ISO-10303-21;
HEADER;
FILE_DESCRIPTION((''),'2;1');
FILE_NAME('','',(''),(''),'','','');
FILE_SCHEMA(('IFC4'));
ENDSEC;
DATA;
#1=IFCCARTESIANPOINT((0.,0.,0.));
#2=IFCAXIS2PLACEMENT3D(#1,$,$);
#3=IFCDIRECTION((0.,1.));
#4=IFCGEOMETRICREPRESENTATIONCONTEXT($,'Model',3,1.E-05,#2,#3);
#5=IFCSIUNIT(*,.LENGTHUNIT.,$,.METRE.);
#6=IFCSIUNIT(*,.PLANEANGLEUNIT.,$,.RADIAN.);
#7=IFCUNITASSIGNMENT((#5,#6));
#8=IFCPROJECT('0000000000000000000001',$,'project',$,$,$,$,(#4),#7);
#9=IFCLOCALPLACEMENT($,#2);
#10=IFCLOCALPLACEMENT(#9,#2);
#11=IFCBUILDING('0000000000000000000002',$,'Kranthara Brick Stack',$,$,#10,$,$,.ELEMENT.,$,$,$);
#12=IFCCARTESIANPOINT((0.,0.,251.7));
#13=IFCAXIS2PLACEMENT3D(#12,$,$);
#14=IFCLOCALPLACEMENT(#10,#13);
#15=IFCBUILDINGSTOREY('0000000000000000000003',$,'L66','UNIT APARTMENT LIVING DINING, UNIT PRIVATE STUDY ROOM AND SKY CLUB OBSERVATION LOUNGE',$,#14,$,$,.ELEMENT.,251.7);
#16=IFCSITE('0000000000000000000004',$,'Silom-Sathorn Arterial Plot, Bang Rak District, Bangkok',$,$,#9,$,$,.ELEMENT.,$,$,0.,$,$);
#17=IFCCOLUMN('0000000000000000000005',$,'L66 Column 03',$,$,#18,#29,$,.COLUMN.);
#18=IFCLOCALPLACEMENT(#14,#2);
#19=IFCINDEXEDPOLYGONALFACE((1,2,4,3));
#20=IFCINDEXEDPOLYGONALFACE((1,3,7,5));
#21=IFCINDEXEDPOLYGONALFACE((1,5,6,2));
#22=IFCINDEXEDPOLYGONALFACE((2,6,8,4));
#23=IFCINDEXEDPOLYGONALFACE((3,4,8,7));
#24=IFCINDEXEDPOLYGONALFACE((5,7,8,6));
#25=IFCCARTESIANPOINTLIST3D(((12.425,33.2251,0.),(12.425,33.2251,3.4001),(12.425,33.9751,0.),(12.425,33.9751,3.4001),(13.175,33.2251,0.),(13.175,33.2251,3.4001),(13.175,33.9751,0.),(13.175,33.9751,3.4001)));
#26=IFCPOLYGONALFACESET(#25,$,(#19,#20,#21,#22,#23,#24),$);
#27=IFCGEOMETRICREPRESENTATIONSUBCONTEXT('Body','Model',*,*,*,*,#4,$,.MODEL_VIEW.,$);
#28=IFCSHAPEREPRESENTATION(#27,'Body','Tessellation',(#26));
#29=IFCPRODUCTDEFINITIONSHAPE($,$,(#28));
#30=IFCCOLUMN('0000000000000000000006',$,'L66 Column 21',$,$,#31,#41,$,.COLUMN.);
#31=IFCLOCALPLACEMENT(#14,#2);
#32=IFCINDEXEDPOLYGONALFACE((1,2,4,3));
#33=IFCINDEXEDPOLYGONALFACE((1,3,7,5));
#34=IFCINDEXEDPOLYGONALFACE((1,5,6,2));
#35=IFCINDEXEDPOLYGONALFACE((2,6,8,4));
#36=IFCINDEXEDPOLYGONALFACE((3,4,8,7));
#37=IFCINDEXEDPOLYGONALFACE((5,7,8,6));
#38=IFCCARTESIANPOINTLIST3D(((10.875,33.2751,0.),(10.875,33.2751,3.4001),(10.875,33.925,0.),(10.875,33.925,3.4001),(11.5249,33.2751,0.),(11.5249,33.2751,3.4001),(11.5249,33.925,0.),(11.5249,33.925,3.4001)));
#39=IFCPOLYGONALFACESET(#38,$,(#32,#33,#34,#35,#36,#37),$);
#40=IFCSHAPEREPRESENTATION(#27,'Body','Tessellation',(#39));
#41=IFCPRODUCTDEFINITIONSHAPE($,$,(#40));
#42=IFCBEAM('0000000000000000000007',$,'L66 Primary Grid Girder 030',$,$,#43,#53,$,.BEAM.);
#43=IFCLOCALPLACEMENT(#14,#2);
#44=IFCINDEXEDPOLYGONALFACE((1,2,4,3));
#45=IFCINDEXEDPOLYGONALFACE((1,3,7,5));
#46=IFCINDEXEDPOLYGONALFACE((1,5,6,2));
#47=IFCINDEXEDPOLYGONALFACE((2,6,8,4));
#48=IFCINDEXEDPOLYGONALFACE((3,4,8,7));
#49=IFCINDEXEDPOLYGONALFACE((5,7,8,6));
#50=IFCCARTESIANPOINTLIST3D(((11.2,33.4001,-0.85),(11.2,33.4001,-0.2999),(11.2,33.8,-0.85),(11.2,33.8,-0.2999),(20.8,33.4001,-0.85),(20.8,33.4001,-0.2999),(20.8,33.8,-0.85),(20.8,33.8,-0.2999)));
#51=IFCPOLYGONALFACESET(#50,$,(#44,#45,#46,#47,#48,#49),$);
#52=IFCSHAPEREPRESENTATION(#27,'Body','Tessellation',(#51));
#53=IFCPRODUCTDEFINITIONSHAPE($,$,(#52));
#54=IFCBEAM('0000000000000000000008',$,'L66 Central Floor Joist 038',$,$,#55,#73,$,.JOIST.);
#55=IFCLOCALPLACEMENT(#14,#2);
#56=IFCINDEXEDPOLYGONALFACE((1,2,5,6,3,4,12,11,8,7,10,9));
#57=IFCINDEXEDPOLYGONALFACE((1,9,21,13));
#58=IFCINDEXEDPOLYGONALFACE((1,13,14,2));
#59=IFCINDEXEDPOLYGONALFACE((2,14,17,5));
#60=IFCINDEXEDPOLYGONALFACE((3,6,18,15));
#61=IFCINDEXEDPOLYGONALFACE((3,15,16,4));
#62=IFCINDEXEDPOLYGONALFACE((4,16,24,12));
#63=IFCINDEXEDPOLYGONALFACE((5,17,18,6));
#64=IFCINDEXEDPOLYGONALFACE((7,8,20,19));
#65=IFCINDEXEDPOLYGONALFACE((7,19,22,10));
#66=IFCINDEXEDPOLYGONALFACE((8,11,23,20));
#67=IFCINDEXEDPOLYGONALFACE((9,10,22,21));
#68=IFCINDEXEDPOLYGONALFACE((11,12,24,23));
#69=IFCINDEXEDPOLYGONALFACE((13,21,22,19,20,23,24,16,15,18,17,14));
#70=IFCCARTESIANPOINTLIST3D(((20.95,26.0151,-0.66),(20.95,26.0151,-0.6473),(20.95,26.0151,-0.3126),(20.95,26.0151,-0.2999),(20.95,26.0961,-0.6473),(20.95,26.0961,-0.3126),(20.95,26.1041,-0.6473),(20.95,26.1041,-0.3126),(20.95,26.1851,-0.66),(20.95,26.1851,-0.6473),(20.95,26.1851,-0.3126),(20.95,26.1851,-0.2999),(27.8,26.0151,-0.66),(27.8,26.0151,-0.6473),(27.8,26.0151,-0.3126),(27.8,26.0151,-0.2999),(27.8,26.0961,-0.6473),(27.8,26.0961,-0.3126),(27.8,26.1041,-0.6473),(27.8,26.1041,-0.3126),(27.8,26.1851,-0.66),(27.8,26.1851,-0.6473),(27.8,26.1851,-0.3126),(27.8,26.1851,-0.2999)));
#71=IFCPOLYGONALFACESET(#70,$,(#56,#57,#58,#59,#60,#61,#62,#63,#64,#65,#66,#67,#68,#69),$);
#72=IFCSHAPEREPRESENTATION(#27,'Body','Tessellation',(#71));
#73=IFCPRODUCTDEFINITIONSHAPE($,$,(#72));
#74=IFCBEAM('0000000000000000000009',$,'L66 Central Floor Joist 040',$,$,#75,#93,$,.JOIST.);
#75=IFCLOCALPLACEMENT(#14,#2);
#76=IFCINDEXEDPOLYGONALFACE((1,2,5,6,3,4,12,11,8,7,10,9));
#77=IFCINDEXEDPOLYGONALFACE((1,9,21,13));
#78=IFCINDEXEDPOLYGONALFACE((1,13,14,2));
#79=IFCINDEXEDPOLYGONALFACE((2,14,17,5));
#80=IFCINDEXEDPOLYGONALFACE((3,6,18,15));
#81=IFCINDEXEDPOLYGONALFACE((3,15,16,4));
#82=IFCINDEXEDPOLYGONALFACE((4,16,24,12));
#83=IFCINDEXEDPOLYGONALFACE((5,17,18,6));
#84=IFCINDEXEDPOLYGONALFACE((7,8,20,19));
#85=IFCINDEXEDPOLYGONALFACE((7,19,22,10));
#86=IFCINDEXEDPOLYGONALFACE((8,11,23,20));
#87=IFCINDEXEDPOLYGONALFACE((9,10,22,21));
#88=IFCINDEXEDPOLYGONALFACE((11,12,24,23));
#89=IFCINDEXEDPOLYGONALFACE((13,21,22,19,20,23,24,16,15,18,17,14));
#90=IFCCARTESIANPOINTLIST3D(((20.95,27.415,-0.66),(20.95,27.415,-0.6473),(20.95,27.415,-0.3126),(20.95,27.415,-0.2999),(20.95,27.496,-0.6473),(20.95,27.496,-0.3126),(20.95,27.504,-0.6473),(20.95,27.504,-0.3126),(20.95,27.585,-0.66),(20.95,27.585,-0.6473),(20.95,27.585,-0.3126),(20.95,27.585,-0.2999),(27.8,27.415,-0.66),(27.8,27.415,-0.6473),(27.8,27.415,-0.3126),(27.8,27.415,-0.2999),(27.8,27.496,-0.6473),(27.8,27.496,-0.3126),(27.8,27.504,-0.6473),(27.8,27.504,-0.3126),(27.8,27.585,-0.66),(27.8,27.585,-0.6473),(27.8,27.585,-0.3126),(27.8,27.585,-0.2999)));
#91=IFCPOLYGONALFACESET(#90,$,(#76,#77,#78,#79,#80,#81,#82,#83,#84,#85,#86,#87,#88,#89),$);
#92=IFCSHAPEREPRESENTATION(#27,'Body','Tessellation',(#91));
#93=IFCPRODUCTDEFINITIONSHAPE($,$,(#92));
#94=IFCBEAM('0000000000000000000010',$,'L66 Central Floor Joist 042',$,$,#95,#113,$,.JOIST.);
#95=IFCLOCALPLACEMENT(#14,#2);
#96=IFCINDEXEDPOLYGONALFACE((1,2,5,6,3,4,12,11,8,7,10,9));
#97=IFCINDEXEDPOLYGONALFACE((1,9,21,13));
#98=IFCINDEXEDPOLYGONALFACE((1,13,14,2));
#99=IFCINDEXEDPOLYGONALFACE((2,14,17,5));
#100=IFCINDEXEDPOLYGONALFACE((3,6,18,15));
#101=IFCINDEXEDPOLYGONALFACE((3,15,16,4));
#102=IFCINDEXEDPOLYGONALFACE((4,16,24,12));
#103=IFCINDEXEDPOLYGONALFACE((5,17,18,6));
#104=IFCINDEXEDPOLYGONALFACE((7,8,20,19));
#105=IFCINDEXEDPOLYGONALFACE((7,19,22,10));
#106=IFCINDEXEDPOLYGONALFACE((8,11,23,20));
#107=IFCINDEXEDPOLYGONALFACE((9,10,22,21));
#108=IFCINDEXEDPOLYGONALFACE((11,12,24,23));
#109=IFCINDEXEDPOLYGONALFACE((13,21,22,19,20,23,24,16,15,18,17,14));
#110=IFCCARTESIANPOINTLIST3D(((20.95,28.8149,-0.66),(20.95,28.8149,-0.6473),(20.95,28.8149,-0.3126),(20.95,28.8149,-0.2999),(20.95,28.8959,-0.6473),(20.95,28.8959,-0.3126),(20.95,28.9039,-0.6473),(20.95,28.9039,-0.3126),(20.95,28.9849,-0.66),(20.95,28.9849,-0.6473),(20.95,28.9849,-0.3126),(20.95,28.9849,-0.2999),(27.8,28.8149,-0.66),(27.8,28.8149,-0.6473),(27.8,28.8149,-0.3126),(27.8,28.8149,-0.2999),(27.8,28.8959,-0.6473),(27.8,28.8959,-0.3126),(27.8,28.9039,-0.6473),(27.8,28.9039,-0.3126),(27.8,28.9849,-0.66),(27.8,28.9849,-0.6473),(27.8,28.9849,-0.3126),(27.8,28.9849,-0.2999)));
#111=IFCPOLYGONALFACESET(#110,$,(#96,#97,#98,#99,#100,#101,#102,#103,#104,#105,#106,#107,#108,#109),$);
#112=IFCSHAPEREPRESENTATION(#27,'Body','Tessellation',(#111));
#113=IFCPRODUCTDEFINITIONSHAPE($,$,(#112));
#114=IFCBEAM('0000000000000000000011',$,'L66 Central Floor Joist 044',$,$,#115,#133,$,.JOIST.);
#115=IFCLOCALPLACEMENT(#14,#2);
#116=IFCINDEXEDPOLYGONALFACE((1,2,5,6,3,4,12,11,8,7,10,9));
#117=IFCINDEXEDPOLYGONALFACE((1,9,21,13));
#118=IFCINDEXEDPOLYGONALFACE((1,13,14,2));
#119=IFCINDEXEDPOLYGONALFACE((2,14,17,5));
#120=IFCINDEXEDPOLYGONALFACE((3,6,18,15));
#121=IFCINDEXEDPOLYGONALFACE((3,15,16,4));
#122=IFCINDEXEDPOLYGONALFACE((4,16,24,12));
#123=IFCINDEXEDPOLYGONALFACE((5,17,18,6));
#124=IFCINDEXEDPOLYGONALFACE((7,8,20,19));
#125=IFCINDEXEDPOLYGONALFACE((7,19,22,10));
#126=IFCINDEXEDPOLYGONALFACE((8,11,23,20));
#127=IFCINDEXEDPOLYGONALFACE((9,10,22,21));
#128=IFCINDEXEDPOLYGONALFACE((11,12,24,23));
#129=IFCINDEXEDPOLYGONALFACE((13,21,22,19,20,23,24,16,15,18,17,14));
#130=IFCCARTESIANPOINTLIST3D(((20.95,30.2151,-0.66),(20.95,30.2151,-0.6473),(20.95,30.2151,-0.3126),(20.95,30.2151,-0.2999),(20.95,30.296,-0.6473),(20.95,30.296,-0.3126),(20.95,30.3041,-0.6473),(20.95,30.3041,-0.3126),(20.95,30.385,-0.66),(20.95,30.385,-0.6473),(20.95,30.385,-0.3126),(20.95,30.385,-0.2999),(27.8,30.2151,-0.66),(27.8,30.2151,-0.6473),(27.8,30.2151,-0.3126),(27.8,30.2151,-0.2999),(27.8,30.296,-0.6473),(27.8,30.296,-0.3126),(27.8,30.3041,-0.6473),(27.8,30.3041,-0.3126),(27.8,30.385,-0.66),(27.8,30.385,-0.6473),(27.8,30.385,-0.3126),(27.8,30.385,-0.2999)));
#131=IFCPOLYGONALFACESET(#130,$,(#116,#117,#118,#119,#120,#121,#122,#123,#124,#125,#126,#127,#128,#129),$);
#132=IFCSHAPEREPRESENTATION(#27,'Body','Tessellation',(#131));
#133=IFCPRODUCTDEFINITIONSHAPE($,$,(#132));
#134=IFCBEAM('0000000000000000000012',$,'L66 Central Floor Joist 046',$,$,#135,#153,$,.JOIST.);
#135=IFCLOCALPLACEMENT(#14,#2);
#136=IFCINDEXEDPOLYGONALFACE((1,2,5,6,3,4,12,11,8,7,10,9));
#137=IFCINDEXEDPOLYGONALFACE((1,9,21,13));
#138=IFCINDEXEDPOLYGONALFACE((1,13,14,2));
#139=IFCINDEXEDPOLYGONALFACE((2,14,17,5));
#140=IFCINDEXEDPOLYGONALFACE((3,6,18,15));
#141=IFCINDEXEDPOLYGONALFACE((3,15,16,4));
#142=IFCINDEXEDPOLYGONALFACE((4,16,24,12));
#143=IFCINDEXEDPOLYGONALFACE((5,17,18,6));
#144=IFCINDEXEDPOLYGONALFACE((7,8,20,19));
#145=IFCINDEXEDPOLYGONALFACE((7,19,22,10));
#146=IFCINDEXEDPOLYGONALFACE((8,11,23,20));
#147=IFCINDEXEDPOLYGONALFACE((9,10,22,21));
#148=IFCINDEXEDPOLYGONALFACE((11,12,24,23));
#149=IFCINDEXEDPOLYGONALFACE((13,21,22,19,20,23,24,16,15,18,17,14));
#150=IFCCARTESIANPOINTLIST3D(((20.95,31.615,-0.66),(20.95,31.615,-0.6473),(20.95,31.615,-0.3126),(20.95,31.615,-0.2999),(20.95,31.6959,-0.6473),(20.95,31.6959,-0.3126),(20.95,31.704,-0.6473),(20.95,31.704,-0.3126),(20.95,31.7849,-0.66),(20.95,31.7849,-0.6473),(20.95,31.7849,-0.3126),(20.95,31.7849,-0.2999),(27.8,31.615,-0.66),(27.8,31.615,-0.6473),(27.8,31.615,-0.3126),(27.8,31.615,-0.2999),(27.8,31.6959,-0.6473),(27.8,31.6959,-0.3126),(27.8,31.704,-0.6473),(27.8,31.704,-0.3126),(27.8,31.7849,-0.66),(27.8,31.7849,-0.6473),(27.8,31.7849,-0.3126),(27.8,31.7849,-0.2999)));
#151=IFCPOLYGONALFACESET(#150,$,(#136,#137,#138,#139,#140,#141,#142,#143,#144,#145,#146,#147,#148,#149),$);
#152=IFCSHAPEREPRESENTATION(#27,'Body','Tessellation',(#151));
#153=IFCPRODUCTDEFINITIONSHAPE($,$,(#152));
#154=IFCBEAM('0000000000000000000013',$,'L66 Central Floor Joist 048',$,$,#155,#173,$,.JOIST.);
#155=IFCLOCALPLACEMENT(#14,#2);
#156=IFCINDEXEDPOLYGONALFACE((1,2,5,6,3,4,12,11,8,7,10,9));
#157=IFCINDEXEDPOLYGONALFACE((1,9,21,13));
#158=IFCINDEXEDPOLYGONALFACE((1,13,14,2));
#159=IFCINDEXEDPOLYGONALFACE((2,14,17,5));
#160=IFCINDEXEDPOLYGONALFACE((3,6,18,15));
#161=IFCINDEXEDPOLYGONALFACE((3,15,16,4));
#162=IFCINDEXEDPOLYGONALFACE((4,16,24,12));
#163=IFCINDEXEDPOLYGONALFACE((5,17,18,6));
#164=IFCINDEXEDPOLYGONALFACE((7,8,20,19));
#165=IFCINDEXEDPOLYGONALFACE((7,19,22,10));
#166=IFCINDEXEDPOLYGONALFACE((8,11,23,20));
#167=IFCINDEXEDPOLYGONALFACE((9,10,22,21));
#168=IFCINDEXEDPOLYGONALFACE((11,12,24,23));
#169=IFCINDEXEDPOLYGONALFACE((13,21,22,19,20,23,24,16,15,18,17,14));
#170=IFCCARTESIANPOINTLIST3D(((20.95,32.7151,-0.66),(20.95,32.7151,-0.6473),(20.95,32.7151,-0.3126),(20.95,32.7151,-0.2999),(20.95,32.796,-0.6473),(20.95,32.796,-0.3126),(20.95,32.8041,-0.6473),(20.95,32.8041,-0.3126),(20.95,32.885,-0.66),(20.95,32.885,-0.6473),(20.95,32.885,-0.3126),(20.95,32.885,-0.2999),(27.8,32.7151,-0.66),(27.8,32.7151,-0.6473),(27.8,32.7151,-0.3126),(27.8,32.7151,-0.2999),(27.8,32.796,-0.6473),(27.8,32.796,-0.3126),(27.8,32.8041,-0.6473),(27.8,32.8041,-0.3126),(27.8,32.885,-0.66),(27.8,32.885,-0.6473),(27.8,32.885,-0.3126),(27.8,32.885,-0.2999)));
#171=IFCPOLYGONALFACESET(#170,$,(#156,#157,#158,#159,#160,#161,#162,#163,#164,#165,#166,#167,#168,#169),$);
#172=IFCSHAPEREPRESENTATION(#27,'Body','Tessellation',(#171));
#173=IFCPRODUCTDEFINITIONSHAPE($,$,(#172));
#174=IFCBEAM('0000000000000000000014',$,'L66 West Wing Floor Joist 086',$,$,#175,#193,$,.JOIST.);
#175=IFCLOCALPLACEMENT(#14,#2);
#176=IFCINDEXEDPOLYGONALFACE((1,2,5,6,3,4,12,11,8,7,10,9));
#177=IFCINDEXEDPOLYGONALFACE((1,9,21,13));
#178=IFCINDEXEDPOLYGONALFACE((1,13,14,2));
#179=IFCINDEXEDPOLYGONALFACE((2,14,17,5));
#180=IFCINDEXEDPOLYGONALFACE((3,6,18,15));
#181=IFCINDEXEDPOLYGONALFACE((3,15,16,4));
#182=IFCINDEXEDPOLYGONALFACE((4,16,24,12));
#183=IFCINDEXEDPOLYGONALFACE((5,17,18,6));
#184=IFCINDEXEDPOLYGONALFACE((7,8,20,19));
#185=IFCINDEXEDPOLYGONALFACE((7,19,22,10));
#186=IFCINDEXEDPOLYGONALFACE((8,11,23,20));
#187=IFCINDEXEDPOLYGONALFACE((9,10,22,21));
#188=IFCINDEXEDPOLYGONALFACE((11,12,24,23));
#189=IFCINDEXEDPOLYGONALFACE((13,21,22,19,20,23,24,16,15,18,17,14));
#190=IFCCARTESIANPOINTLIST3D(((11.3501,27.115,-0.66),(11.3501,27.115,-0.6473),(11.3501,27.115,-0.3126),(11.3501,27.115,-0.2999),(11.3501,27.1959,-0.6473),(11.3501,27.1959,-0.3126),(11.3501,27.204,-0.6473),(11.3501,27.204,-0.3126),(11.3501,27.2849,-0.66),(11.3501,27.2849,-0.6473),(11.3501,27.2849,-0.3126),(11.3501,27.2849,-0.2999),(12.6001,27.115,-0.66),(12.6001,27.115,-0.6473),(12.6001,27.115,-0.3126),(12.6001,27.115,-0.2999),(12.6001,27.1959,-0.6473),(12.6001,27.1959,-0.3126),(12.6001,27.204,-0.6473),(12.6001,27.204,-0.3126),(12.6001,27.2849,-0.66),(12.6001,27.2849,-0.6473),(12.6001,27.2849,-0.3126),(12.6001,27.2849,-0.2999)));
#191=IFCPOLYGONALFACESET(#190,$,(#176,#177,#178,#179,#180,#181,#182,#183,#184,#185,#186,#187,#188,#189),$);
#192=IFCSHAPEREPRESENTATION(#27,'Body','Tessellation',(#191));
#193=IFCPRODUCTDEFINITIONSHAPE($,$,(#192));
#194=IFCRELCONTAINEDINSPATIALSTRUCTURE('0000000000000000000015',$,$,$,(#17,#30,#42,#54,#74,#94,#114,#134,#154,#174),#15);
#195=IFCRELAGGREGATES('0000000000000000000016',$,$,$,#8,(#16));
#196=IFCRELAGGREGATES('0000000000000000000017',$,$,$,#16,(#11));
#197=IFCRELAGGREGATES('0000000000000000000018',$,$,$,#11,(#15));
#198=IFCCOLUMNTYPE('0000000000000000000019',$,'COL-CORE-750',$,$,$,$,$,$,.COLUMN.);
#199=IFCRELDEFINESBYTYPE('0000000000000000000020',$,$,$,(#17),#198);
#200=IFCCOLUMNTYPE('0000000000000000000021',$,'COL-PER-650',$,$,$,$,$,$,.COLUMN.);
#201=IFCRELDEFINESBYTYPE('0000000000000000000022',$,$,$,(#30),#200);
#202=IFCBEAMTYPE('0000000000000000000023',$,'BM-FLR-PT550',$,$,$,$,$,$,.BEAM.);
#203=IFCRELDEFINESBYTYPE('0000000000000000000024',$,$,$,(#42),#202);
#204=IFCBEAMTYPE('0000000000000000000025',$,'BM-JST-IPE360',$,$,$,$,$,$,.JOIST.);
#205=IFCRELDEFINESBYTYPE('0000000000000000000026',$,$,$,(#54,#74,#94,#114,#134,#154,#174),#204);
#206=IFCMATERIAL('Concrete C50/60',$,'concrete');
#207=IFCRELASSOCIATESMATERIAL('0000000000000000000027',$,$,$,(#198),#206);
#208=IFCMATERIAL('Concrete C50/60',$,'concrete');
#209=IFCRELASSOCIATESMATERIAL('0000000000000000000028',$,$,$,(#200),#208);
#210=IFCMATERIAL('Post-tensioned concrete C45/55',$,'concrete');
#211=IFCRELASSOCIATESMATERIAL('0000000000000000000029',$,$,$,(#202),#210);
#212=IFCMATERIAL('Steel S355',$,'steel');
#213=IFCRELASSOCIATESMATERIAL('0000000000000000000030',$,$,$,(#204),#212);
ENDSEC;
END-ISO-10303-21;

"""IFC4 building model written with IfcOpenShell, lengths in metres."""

from ifc_helpers import new_model, si_unit, direction, frame, origin, origin_2d, place, context, subcontext, project, spatial, rectangle, i_section, extrude, material, material_profile, profile_set, type_object, element, save


model = new_model("IFC4")

# Units and contexts
model_context = context("Model", 3, precision=1e-05, world=origin(), true_north=direction((0.0, 1.0)))
body_context = subcontext(model_context, "Body", "Model", "MODEL_VIEW")
ifc_project = project(units=[si_unit("LENGTHUNIT", "METRE"), si_unit("PLANEANGLEUNIT", "RADIAN")], contexts=[model_context])

# Site, building, storey
site_placement = place(None, origin())
site = spatial("IfcSite", under=ifc_project, at=site_placement, Name="Silom-Sathorn Arterial Plot, Bang Rak District, Bangkok", CompositionType="ELEMENT", RefElevation=0.0)
building_placement = place(site_placement, origin())
building = spatial("IfcBuilding", under=site, at=building_placement, Name="Kranthara Brick Stack", CompositionType="ELEMENT")
storey_placement = place(building_placement, frame((0.0, 0.0, 251.7)))
storey = spatial("IfcBuildingStorey", under=building, at=storey_placement, Name="L66", Description="UNIT APARTMENT LIVING DINING, UNIT PRIVATE STUDY ROOM AND SKY CLUB OBSERVATION LOUNGE", CompositionType="ELEMENT", Elevation=251.7)

# Columns
ifc_material_1 = material(Name="Concrete C50/60", Category="concrete")
ifc_material_profile_1 = material_profile(ifc_material_1, rectangle(XDim=0.75, YDim=0.75, at=origin_2d()), Name="RC 750x750")
ifc_profile_set_1 = profile_set([ifc_material_profile_1], Name="Concrete C50/60")
column_type_1 = type_object("IfcColumnType", Name="COL-CORE-750", PredefinedType="COLUMN", material=ifc_profile_set_1)
column_1_placement = place(storey_placement, frame((12.8, 33.6001, 0.0), z_axis=(0.0, 0.0, 1.0), x_axis=(1.0, 0.0, 0.0)))
element("IfcColumn", 1, at=column_1_placement, inside=storey, type_object=column_type_1, Name="L66 Column 03", PredefinedType="COLUMN", context=body_context, shape_type="SweptSolid", body=[
    extrude(rectangle(XDim=0.75, YDim=0.75, at=origin_2d()), origin(), (0.0, 0.0, 1.0), 3.4001),
])
ifc_material_2 = material(Name="Concrete C50/60", Category="concrete")
ifc_material_profile_2 = material_profile(ifc_material_2, rectangle(XDim=0.6499, YDim=0.6499, at=origin_2d()), Name="RC 650x650")
ifc_profile_set_2 = profile_set([ifc_material_profile_2], Name="Concrete C50/60")
column_type_2 = type_object("IfcColumnType", Name="COL-PER-650", PredefinedType="COLUMN", material=ifc_profile_set_2)
column_2_placement = place(storey_placement, frame((11.2, 33.6001, 0.0), z_axis=(0.0, 0.0, 1.0), x_axis=(1.0, 0.0, 0.0)))
element("IfcColumn", 2, at=column_2_placement, inside=storey, type_object=column_type_2, Name="L66 Column 21", PredefinedType="COLUMN", context=body_context, shape_type="SweptSolid", body=[
    extrude(rectangle(XDim=0.6499, YDim=0.6499, at=origin_2d()), origin(), (0.0, 0.0, 1.0), 3.4001),
])

# Beams
ifc_material_3 = material(Name="Post-tensioned concrete C45/55", Category="concrete")
ifc_material_profile_3 = material_profile(ifc_material_3, rectangle(XDim=0.3999, YDim=0.55, at=origin_2d()), Name="PT 400x550")
ifc_profile_set_3 = profile_set([ifc_material_profile_3], Name="Post-tensioned concrete C45/55")
beam_type_1 = type_object("IfcBeamType", Name="BM-FLR-PT550", PredefinedType="BEAM", material=ifc_profile_set_3)
beam_1_placement = place(storey_placement, frame((11.2, 33.6001, -0.575), z_axis=(1.0, 0.0, 0.0), x_axis=(0.0, 1.0, 0.0)))
element("IfcBeam", 3, at=beam_1_placement, inside=storey, type_object=beam_type_1, Name="L66 Primary Grid Girder 030", PredefinedType="BEAM", context=body_context, shape_type="SweptSolid", body=[
    extrude(rectangle(XDim=0.3999, YDim=0.55, at=origin_2d()), origin(), (0.0, 0.0, 1.0), 9.6001),
])
ifc_material_4 = material(Name="Steel S355", Category="steel")
ifc_material_profile_4 = material_profile(ifc_material_4, i_section(OverallWidth=0.1699, OverallDepth=0.3601, WebThickness=0.0081, FlangeThickness=0.0127, at=origin_2d()), Name="IPE 360")
ifc_profile_set_4 = profile_set([ifc_material_profile_4], Name="Steel S355")
beam_type_2 = type_object("IfcBeamType", Name="BM-JST-IPE360", PredefinedType="JOIST", material=ifc_profile_set_4)
for number, where, z_axis, x_axis, name in (
    (4, (20.95, 26.1001, -0.48), (1.0, 0.0, 0.0), (0.0, 1.0, 0.0), "L66 Central Floor Joist 038"),
    (5, (20.95, 27.5, -0.48), (1.0, 0.0, 0.0), (0.0, 1.0, 0.0), "L66 Central Floor Joist 040"),
    (6, (20.95, 28.8999, -0.48), (1.0, 0.0, 0.0), (0.0, 1.0, 0.0), "L66 Central Floor Joist 042"),
    (7, (20.95, 30.3, -0.48), (1.0, 0.0, 0.0), (0.0, 1.0, 0.0), "L66 Central Floor Joist 044"),
    (8, (20.95, 31.7, -0.48), (1.0, 0.0, 0.0), (0.0, 1.0, 0.0), "L66 Central Floor Joist 046"),
    (9, (20.95, 32.8, -0.48), (1.0, 0.0, 0.0), (0.0, 1.0, 0.0), "L66 Central Floor Joist 048"),
):
    element("IfcBeam", number, at=place(storey_placement, frame(where, z_axis=z_axis, x_axis=x_axis)), inside=storey, type_object=beam_type_2, Name=name, PredefinedType="JOIST", context=body_context, shape_type="SweptSolid", body=[
        extrude(i_section(OverallWidth=0.1699, OverallDepth=0.3601, WebThickness=0.0081, FlangeThickness=0.0127, at=origin_2d()), origin(), (0.0, 0.0, 1.0), 6.8501),
    ])
for number, where, z_axis, x_axis, name in (
    (10, (11.3501, 27.2, -0.48), (1.0, 0.0, 0.0), (0.0, 1.0, 0.0), "L66 West Wing Floor Joist 086"),
):
    element("IfcBeam", number, at=place(storey_placement, frame(where, z_axis=z_axis, x_axis=x_axis)), inside=storey, type_object=beam_type_2, Name=name, PredefinedType="JOIST", context=body_context, shape_type="SweptSolid", body=[
        extrude(i_section(OverallWidth=0.1699, OverallDepth=0.3601, WebThickness=0.0081, FlangeThickness=0.0127, at=origin_2d()), origin(), (0.0, 0.0, 1.0), 1.25),
    ])

save(model, "model.ifc")
